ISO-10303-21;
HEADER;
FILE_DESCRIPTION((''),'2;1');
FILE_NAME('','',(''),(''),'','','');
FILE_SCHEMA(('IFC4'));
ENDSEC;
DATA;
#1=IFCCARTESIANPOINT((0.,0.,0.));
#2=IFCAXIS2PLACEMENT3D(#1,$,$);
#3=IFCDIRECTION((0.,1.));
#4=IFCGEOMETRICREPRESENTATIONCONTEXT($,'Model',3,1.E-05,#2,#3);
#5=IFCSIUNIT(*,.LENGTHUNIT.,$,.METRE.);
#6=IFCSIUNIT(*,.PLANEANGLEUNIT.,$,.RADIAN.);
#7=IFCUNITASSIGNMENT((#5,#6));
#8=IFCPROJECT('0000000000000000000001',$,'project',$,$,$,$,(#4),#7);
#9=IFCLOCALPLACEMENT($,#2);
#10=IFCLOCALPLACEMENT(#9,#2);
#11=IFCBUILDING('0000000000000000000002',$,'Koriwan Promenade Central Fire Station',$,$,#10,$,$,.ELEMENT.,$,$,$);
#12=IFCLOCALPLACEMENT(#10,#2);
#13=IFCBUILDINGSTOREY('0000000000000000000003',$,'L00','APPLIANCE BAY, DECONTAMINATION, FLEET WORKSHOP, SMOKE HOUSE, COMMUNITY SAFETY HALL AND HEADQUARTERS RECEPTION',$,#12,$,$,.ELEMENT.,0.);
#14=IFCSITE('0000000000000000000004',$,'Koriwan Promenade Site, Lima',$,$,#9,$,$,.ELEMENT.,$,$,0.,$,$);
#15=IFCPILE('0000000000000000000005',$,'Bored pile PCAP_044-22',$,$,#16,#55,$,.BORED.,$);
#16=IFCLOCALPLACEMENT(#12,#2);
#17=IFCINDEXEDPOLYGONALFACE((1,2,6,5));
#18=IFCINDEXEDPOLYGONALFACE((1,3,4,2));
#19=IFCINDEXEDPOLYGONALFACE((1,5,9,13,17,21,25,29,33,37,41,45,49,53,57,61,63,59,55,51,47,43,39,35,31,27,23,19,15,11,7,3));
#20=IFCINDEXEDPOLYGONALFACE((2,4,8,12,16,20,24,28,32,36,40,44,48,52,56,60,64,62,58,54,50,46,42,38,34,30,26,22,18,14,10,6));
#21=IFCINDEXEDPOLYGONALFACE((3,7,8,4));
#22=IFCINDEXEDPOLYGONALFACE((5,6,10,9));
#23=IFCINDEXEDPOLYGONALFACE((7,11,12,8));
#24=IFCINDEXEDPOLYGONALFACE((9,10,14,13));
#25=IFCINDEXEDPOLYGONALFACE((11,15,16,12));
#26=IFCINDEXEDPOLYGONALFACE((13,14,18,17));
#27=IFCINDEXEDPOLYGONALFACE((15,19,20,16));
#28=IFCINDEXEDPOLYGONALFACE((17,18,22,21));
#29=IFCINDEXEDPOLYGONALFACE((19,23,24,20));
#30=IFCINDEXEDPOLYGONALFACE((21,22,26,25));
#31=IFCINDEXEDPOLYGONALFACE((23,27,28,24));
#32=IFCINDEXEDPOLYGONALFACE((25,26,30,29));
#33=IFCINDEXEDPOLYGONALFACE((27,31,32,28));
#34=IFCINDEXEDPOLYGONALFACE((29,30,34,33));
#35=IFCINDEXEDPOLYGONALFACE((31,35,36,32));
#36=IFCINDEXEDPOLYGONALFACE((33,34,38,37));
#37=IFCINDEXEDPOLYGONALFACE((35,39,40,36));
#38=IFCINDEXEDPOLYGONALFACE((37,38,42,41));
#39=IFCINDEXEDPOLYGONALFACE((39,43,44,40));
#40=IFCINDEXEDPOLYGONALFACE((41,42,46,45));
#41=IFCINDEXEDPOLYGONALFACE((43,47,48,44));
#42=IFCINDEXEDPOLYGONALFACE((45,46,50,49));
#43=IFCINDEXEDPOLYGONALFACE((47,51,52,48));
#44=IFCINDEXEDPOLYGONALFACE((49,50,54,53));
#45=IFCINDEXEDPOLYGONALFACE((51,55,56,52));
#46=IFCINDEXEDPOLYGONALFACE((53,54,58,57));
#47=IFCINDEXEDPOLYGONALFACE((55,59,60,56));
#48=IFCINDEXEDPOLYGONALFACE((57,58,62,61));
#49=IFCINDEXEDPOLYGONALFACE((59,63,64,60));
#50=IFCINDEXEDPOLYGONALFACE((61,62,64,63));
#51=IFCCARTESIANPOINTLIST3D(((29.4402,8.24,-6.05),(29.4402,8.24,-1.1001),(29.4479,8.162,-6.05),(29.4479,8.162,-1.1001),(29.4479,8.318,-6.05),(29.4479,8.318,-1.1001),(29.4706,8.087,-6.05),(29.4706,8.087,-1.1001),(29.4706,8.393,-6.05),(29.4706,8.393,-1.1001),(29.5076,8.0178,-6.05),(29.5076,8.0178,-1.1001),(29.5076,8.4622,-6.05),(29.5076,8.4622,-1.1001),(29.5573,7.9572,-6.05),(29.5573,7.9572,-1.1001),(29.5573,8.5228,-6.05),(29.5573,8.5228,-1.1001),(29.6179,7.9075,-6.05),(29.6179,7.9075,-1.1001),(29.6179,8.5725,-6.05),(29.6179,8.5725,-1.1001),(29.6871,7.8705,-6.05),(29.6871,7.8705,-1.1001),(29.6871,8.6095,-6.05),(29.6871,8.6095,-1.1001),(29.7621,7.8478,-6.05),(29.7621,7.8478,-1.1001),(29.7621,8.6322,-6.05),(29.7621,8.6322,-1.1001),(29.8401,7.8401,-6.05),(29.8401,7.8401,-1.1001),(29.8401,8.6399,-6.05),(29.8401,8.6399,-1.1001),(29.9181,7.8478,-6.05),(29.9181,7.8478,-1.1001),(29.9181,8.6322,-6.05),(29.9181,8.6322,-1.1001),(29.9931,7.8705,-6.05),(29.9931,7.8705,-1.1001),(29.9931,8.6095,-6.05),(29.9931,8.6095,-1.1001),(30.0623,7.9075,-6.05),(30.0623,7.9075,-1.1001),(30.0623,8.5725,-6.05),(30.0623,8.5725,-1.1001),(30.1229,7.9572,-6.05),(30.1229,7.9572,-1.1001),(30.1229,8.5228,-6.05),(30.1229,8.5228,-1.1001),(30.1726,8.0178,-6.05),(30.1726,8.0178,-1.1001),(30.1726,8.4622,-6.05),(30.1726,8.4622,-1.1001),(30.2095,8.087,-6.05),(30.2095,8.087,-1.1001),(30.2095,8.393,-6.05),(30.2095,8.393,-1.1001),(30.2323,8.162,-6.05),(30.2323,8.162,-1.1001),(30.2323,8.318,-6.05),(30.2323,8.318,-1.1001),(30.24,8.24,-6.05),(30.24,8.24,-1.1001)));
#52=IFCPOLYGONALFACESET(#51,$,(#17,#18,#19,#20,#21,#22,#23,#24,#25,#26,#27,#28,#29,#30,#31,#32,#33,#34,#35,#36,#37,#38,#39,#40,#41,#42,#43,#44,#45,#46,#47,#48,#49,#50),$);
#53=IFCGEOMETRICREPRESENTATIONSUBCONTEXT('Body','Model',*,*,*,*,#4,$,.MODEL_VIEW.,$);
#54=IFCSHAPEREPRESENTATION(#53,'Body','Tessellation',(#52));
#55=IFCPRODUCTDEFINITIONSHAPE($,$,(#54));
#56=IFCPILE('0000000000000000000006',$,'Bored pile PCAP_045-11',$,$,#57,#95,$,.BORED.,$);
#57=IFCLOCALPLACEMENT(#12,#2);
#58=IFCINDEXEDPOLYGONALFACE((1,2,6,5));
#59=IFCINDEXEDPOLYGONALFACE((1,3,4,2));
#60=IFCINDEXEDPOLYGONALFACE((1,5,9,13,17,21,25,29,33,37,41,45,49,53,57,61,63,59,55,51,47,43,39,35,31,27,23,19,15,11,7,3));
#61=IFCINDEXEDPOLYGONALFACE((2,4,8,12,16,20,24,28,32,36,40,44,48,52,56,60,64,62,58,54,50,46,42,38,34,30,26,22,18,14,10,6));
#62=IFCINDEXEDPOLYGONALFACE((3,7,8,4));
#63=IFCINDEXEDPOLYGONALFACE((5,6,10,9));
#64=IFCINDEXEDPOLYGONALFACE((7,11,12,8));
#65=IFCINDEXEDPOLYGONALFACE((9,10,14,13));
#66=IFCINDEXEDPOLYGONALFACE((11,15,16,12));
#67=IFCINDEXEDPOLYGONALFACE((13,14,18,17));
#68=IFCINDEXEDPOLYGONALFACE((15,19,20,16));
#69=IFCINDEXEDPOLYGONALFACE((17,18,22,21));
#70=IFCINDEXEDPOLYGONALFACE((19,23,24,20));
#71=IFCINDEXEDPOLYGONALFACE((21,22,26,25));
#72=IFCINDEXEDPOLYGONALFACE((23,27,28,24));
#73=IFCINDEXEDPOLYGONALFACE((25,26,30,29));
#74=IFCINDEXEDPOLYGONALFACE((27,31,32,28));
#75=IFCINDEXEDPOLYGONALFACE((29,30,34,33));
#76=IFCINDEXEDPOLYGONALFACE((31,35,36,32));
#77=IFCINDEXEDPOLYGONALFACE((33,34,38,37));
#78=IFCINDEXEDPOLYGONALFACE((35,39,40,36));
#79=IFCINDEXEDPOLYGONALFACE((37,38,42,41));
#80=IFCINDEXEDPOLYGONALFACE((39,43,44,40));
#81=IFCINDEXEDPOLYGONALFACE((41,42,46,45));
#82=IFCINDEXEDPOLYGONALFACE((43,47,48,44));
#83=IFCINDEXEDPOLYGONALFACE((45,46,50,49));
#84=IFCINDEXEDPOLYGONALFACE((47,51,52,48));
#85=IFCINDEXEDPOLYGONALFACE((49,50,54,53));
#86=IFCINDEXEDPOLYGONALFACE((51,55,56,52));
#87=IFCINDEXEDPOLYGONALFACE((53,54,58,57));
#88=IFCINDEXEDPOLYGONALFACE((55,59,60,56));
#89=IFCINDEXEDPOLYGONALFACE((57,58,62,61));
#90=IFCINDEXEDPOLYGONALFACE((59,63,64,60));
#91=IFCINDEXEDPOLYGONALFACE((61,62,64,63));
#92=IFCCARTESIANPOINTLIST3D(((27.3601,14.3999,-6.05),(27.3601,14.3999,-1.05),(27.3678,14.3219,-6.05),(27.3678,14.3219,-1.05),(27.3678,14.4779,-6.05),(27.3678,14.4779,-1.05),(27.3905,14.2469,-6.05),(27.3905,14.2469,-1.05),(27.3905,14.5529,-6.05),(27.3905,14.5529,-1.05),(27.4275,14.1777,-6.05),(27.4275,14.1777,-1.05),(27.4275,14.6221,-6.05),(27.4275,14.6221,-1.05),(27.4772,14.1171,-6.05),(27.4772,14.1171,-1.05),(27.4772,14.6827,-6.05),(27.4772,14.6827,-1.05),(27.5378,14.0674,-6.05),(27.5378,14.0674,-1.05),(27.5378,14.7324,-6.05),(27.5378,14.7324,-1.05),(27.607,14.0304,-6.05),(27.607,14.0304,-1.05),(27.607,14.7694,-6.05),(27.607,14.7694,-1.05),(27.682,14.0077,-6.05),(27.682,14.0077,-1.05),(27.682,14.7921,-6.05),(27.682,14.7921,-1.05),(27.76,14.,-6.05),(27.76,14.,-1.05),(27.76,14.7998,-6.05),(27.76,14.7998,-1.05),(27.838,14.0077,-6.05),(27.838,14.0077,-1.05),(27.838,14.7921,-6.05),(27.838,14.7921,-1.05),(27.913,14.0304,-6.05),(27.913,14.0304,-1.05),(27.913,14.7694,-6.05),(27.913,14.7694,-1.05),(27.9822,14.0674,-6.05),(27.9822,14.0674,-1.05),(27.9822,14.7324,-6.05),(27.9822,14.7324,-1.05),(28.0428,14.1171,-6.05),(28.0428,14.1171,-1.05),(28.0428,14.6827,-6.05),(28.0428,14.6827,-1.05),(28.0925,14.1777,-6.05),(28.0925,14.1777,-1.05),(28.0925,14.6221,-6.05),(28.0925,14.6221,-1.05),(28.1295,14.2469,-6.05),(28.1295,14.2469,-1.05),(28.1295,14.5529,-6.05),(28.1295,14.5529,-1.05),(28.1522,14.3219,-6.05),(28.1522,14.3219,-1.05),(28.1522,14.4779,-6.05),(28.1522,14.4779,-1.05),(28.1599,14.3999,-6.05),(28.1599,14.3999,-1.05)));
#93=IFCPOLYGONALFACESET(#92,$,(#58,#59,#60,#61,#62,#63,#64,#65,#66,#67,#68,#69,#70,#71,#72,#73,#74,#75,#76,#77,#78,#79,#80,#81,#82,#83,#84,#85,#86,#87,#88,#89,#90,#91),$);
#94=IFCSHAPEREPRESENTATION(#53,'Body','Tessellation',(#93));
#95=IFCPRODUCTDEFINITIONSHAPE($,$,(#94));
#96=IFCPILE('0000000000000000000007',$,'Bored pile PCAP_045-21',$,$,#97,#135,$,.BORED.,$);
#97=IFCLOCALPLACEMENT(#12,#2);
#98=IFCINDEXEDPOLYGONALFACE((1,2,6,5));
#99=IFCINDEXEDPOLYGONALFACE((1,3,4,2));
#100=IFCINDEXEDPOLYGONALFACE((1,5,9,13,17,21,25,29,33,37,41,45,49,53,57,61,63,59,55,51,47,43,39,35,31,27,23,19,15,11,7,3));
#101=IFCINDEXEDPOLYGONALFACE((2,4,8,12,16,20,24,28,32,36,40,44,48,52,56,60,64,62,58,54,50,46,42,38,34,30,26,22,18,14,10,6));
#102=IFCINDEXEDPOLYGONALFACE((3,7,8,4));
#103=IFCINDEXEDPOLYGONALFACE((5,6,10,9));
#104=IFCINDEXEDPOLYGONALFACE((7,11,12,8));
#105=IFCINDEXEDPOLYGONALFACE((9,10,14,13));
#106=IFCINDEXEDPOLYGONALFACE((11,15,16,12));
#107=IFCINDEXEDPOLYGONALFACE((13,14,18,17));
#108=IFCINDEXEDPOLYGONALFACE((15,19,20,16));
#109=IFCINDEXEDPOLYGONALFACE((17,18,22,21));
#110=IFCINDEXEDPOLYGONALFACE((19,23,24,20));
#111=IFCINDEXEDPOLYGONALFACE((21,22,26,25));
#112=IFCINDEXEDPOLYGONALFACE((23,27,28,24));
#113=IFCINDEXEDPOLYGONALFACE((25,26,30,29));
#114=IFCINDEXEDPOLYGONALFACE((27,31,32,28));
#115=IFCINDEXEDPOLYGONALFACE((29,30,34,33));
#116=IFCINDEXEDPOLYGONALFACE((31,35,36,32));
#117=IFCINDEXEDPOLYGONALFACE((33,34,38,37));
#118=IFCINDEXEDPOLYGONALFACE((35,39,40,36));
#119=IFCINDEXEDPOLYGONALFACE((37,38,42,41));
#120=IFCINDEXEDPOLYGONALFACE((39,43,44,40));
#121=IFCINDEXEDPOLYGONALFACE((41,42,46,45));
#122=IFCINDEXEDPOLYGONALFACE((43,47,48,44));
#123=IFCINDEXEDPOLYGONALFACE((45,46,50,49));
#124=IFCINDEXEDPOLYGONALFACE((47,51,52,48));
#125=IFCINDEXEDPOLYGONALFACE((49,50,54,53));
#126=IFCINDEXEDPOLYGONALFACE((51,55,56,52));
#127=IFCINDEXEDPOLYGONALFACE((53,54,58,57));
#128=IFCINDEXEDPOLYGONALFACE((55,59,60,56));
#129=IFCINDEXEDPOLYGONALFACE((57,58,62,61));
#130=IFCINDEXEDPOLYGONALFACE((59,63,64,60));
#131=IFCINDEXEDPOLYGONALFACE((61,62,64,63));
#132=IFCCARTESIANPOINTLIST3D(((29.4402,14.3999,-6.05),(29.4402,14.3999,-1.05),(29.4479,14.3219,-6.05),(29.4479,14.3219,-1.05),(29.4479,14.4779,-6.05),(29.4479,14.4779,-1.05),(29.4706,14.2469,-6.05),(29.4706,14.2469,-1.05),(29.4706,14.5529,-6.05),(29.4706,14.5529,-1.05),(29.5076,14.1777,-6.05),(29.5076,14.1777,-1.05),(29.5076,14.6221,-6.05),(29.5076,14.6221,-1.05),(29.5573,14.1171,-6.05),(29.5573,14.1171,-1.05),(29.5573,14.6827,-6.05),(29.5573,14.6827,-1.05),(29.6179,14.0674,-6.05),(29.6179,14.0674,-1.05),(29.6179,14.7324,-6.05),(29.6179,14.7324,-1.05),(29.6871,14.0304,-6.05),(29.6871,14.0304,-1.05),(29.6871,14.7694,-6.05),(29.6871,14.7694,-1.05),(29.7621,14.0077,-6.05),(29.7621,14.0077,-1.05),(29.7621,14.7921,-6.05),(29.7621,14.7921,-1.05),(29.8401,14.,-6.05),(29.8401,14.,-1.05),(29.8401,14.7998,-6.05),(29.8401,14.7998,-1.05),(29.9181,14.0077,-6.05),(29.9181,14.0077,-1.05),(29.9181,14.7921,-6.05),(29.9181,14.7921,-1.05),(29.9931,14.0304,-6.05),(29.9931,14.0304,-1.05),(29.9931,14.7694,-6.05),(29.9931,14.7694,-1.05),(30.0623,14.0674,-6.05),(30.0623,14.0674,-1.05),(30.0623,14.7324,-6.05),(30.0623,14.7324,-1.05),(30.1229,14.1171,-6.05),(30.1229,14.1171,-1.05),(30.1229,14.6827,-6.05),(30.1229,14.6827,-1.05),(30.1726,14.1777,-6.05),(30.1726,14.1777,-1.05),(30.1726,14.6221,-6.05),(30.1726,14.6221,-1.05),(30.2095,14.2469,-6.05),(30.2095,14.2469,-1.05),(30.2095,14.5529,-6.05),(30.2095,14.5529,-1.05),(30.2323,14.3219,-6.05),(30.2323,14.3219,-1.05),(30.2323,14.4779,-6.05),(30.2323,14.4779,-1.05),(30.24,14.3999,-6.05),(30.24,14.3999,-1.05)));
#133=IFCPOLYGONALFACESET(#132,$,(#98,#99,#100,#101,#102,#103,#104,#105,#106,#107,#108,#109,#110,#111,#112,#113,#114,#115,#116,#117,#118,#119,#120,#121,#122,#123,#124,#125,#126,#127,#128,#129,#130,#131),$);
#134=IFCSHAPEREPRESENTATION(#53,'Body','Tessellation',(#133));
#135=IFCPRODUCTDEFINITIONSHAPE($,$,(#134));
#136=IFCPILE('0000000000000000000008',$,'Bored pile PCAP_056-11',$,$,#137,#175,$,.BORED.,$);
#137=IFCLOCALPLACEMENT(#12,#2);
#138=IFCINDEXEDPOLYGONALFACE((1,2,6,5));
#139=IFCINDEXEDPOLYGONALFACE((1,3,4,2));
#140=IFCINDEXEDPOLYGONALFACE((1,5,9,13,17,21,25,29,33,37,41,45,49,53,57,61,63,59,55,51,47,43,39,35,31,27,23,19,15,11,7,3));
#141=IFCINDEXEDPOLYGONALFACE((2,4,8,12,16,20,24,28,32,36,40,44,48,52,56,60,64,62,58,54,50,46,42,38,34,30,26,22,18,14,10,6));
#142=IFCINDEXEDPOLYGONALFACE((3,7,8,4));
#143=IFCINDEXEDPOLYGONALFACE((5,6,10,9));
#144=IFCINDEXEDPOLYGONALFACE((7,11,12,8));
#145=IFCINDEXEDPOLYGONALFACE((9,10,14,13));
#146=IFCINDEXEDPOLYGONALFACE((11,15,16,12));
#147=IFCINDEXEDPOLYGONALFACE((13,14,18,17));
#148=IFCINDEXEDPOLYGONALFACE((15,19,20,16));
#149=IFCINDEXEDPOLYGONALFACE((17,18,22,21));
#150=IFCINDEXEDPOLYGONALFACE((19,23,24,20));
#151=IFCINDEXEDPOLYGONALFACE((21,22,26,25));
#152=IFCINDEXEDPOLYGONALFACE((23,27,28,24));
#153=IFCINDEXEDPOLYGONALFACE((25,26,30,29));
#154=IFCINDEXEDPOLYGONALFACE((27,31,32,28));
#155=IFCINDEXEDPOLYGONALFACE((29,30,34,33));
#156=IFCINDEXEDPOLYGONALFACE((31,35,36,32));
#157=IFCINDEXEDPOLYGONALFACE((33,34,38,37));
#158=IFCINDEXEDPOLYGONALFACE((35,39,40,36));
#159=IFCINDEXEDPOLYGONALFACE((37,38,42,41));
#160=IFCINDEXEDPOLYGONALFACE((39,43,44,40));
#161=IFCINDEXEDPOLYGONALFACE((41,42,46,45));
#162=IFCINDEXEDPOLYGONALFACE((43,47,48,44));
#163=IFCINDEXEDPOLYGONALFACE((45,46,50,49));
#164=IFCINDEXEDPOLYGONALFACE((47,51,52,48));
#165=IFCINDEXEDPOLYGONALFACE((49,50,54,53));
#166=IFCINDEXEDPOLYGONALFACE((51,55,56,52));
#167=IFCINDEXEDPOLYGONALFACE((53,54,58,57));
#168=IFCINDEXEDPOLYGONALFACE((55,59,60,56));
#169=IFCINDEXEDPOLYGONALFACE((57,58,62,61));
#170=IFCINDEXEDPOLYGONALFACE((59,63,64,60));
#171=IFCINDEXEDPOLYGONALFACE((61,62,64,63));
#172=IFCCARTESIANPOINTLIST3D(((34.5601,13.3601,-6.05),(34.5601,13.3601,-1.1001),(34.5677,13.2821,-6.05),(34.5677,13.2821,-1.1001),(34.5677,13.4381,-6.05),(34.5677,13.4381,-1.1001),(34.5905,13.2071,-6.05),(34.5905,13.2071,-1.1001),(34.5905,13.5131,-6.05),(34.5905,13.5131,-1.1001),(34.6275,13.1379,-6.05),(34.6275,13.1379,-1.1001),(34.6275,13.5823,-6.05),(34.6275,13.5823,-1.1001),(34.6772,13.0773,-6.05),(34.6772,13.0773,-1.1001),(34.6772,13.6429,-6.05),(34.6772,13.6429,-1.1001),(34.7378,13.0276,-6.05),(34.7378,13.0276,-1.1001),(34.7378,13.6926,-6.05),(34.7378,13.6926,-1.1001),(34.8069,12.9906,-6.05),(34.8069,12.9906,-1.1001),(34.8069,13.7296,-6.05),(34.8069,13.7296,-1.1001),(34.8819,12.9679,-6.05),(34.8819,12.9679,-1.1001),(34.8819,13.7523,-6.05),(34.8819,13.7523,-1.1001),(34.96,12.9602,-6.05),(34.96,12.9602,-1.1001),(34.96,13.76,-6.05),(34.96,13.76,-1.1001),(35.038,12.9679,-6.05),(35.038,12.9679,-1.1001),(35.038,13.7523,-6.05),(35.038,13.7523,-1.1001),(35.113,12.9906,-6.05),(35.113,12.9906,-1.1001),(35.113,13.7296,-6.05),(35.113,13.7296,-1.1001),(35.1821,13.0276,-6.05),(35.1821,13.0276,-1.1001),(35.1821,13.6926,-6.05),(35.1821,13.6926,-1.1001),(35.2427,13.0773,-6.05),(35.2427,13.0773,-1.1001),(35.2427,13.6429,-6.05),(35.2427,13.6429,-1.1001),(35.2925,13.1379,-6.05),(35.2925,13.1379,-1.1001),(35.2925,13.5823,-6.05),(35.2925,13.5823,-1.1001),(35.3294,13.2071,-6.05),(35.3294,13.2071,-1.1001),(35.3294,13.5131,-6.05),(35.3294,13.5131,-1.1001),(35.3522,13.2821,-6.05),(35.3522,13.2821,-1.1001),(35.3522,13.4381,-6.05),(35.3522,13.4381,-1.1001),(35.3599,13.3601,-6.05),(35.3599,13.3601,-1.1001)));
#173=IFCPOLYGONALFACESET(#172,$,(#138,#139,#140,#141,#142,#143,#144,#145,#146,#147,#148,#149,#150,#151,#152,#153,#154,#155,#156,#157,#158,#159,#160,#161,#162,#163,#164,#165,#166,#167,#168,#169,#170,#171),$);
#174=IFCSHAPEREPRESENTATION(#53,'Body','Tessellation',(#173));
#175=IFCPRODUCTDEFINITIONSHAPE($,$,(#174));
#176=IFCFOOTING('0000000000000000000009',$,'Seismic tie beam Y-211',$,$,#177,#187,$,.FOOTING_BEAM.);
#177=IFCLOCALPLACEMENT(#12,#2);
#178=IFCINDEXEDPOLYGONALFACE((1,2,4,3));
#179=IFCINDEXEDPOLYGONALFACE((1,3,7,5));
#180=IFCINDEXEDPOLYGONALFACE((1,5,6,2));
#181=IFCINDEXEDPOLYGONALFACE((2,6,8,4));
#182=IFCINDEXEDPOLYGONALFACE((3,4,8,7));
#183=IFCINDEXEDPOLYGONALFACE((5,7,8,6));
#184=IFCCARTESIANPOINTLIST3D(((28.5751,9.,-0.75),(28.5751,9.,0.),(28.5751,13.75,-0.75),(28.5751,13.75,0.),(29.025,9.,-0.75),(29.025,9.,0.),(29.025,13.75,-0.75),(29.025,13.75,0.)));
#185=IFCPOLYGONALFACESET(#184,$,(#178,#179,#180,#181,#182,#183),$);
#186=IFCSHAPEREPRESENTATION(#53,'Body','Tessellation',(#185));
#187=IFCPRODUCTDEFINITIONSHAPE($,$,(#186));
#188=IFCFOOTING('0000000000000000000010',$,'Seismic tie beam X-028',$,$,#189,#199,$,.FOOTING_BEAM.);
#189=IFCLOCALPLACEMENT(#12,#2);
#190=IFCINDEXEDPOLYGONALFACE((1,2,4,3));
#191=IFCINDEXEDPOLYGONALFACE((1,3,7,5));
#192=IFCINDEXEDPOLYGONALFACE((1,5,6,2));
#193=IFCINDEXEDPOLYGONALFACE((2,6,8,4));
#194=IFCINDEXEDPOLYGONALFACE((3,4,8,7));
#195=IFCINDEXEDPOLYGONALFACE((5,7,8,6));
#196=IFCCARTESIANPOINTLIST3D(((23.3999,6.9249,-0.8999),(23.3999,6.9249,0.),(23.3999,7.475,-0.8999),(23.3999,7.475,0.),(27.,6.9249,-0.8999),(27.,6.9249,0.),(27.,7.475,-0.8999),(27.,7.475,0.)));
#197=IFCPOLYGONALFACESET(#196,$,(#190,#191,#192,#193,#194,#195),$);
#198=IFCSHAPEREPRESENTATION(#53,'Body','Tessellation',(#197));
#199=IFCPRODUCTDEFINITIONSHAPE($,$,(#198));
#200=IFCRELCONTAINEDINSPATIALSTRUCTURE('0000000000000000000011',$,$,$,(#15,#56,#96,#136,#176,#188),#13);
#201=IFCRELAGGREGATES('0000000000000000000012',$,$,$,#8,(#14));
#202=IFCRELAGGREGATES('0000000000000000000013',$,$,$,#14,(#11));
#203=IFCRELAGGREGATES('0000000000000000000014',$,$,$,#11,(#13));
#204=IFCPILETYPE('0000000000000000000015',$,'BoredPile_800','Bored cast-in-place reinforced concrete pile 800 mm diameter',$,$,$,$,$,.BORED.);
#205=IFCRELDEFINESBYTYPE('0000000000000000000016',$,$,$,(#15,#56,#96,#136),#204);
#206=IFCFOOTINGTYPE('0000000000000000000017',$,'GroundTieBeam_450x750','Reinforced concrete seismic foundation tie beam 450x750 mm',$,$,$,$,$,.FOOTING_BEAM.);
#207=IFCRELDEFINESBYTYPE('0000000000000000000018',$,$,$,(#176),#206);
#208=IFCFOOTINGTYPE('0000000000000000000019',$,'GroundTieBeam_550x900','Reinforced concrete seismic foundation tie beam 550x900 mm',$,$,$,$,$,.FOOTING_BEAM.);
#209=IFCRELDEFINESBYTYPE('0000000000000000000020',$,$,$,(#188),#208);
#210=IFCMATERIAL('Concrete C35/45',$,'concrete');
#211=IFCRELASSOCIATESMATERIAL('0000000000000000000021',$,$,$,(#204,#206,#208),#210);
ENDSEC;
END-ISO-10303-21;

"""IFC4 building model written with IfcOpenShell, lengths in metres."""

from ifc_helpers import new_model, si_unit, direction, frame, origin, origin_2d, place, context, subcontext, project, spatial, rectangle, circle, extrude, material, material_profile, profile_set, type_object, element, save


model = new_model("IFC4")

# Units and contexts
model_context = context("Model", 3, precision=1e-05, world=origin(), true_north=direction((0.0, 1.0)))
body_context = subcontext(model_context, "Body", "Model", "MODEL_VIEW")
ifc_project = project(units=[si_unit("LENGTHUNIT", "METRE"), si_unit("PLANEANGLEUNIT", "RADIAN")], contexts=[model_context])

# Site, building, storey
site_placement = place(None, origin())
site = spatial("IfcSite", under=ifc_project, at=site_placement, Name="Koriwan Promenade Site, Lima", CompositionType="ELEMENT", RefElevation=0.0)
building_placement = place(site_placement, origin())
building = spatial("IfcBuilding", under=site, at=building_placement, Name="Koriwan Promenade Central Fire Station", CompositionType="ELEMENT")
storey_placement = place(building_placement, origin())
storey = spatial("IfcBuildingStorey", under=building, at=storey_placement, Name="L00", Description="APPLIANCE BAY, DECONTAMINATION, FLEET WORKSHOP, SMOKE HOUSE, COMMUNITY SAFETY HALL AND HEADQUARTERS RECEPTION", CompositionType="ELEMENT", Elevation=0.0)

# Piles
ifc_material_1 = material(Name="Concrete C35/45", Category="concrete")
ifc_material_profile_1 = material_profile(ifc_material_1, circle(Radius=0.3999, at=origin_2d()), Name="PILE-D800")
ifc_profile_set_1 = profile_set([ifc_material_profile_1], Name="Concrete C35/45")
pile_type_1 = type_object("IfcPileType", Name="BoredPile_800", Description="Bored cast-in-place reinforced concrete pile 800 mm diameter", PredefinedType="BORED", material=ifc_profile_set_1)
for number, where, z_axis, x_axis, name in (
    (1, (29.8401, 8.24, -1.1001), (0.0, 0.0, -1.0), (1.0, 0.0, 0.0), "Bored pile PCAP_044-22"),
):
    element("IfcPile", number, at=place(storey_placement, frame(where, z_axis=z_axis, x_axis=x_axis)), inside=storey, type_object=pile_type_1, Name=name, PredefinedType="BORED", context=body_context, shape_type="SweptSolid", body=[
        extrude(circle(Radius=0.3999, at=origin_2d()), origin(), (0.0, 0.0, 1.0), 4.95),
    ])
for number, where, z_axis, x_axis, name in (
    (2, (27.76, 14.3999, -1.05), (0.0, 0.0, -1.0), (1.0, 0.0, 0.0), "Bored pile PCAP_045-11"),
    (3, (29.8401, 14.3999, -1.05), (0.0, 0.0, -1.0), (1.0, 0.0, 0.0), "Bored pile PCAP_045-21"),
):
    element("IfcPile", number, at=place(storey_placement, frame(where, z_axis=z_axis, x_axis=x_axis)), inside=storey, type_object=pile_type_1, Name=name, PredefinedType="BORED", context=body_context, shape_type="SweptSolid", body=[
        extrude(circle(Radius=0.3999, at=origin_2d()), origin(), (0.0, 0.0, 1.0), 5.0),
    ])
pile_1_placement = place(storey_placement, frame((34.96, 13.3601, -1.1001), z_axis=(0.0, 0.0, -1.0), x_axis=(1.0, 0.0, 0.0)))
element("IfcPile", 4, at=pile_1_placement, inside=storey, type_object=pile_type_1, Name="Bored pile PCAP_056-11", PredefinedType="BORED", context=body_context, shape_type="SweptSolid", body=[
    extrude(circle(Radius=0.3999, at=origin_2d()), origin(), (0.0, 0.0, 1.0), 4.95),
])

# Footings
footing_type_1 = type_object("IfcFootingType", Name="GroundTieBeam_450x750", Description="Reinforced concrete seismic foundation tie beam 450x750 mm", PredefinedType="FOOTING_BEAM", material=ifc_material_1)
footing_1_placement = place(storey_placement, frame((28.8, 11.375, -0.75), z_axis=(0.0, 0.0, 1.0), x_axis=(0.0, 1.0, 0.0)))
element("IfcFooting", 5, at=footing_1_placement, inside=storey, type_object=footing_type_1, Name="Seismic tie beam Y-211", PredefinedType="FOOTING_BEAM", context=body_context, shape_type="SweptSolid", body=[
    extrude(rectangle(XDim=4.75, YDim=0.45, at=origin_2d()), origin(), (0.0, 0.0, 1.0), 0.75),
])
footing_type_2 = type_object("IfcFootingType", Name="GroundTieBeam_550x900", Description="Reinforced concrete seismic foundation tie beam 550x900 mm", PredefinedType="FOOTING_BEAM", material=ifc_material_1)
footing_2_placement = place(storey_placement, frame((25.2, 7.2, -0.8999), z_axis=(0.0, 0.0, 1.0), x_axis=(1.0, 0.0, 0.0)))
element("IfcFooting", 6, at=footing_2_placement, inside=storey, type_object=footing_type_2, Name="Seismic tie beam X-028", PredefinedType="FOOTING_BEAM", context=body_context, shape_type="SweptSolid", body=[
    extrude(rectangle(XDim=3.6001, YDim=0.55, at=origin_2d()), origin(), (0.0, 0.0, 1.0), 0.8999),
])

save(model, "model.ifc")
